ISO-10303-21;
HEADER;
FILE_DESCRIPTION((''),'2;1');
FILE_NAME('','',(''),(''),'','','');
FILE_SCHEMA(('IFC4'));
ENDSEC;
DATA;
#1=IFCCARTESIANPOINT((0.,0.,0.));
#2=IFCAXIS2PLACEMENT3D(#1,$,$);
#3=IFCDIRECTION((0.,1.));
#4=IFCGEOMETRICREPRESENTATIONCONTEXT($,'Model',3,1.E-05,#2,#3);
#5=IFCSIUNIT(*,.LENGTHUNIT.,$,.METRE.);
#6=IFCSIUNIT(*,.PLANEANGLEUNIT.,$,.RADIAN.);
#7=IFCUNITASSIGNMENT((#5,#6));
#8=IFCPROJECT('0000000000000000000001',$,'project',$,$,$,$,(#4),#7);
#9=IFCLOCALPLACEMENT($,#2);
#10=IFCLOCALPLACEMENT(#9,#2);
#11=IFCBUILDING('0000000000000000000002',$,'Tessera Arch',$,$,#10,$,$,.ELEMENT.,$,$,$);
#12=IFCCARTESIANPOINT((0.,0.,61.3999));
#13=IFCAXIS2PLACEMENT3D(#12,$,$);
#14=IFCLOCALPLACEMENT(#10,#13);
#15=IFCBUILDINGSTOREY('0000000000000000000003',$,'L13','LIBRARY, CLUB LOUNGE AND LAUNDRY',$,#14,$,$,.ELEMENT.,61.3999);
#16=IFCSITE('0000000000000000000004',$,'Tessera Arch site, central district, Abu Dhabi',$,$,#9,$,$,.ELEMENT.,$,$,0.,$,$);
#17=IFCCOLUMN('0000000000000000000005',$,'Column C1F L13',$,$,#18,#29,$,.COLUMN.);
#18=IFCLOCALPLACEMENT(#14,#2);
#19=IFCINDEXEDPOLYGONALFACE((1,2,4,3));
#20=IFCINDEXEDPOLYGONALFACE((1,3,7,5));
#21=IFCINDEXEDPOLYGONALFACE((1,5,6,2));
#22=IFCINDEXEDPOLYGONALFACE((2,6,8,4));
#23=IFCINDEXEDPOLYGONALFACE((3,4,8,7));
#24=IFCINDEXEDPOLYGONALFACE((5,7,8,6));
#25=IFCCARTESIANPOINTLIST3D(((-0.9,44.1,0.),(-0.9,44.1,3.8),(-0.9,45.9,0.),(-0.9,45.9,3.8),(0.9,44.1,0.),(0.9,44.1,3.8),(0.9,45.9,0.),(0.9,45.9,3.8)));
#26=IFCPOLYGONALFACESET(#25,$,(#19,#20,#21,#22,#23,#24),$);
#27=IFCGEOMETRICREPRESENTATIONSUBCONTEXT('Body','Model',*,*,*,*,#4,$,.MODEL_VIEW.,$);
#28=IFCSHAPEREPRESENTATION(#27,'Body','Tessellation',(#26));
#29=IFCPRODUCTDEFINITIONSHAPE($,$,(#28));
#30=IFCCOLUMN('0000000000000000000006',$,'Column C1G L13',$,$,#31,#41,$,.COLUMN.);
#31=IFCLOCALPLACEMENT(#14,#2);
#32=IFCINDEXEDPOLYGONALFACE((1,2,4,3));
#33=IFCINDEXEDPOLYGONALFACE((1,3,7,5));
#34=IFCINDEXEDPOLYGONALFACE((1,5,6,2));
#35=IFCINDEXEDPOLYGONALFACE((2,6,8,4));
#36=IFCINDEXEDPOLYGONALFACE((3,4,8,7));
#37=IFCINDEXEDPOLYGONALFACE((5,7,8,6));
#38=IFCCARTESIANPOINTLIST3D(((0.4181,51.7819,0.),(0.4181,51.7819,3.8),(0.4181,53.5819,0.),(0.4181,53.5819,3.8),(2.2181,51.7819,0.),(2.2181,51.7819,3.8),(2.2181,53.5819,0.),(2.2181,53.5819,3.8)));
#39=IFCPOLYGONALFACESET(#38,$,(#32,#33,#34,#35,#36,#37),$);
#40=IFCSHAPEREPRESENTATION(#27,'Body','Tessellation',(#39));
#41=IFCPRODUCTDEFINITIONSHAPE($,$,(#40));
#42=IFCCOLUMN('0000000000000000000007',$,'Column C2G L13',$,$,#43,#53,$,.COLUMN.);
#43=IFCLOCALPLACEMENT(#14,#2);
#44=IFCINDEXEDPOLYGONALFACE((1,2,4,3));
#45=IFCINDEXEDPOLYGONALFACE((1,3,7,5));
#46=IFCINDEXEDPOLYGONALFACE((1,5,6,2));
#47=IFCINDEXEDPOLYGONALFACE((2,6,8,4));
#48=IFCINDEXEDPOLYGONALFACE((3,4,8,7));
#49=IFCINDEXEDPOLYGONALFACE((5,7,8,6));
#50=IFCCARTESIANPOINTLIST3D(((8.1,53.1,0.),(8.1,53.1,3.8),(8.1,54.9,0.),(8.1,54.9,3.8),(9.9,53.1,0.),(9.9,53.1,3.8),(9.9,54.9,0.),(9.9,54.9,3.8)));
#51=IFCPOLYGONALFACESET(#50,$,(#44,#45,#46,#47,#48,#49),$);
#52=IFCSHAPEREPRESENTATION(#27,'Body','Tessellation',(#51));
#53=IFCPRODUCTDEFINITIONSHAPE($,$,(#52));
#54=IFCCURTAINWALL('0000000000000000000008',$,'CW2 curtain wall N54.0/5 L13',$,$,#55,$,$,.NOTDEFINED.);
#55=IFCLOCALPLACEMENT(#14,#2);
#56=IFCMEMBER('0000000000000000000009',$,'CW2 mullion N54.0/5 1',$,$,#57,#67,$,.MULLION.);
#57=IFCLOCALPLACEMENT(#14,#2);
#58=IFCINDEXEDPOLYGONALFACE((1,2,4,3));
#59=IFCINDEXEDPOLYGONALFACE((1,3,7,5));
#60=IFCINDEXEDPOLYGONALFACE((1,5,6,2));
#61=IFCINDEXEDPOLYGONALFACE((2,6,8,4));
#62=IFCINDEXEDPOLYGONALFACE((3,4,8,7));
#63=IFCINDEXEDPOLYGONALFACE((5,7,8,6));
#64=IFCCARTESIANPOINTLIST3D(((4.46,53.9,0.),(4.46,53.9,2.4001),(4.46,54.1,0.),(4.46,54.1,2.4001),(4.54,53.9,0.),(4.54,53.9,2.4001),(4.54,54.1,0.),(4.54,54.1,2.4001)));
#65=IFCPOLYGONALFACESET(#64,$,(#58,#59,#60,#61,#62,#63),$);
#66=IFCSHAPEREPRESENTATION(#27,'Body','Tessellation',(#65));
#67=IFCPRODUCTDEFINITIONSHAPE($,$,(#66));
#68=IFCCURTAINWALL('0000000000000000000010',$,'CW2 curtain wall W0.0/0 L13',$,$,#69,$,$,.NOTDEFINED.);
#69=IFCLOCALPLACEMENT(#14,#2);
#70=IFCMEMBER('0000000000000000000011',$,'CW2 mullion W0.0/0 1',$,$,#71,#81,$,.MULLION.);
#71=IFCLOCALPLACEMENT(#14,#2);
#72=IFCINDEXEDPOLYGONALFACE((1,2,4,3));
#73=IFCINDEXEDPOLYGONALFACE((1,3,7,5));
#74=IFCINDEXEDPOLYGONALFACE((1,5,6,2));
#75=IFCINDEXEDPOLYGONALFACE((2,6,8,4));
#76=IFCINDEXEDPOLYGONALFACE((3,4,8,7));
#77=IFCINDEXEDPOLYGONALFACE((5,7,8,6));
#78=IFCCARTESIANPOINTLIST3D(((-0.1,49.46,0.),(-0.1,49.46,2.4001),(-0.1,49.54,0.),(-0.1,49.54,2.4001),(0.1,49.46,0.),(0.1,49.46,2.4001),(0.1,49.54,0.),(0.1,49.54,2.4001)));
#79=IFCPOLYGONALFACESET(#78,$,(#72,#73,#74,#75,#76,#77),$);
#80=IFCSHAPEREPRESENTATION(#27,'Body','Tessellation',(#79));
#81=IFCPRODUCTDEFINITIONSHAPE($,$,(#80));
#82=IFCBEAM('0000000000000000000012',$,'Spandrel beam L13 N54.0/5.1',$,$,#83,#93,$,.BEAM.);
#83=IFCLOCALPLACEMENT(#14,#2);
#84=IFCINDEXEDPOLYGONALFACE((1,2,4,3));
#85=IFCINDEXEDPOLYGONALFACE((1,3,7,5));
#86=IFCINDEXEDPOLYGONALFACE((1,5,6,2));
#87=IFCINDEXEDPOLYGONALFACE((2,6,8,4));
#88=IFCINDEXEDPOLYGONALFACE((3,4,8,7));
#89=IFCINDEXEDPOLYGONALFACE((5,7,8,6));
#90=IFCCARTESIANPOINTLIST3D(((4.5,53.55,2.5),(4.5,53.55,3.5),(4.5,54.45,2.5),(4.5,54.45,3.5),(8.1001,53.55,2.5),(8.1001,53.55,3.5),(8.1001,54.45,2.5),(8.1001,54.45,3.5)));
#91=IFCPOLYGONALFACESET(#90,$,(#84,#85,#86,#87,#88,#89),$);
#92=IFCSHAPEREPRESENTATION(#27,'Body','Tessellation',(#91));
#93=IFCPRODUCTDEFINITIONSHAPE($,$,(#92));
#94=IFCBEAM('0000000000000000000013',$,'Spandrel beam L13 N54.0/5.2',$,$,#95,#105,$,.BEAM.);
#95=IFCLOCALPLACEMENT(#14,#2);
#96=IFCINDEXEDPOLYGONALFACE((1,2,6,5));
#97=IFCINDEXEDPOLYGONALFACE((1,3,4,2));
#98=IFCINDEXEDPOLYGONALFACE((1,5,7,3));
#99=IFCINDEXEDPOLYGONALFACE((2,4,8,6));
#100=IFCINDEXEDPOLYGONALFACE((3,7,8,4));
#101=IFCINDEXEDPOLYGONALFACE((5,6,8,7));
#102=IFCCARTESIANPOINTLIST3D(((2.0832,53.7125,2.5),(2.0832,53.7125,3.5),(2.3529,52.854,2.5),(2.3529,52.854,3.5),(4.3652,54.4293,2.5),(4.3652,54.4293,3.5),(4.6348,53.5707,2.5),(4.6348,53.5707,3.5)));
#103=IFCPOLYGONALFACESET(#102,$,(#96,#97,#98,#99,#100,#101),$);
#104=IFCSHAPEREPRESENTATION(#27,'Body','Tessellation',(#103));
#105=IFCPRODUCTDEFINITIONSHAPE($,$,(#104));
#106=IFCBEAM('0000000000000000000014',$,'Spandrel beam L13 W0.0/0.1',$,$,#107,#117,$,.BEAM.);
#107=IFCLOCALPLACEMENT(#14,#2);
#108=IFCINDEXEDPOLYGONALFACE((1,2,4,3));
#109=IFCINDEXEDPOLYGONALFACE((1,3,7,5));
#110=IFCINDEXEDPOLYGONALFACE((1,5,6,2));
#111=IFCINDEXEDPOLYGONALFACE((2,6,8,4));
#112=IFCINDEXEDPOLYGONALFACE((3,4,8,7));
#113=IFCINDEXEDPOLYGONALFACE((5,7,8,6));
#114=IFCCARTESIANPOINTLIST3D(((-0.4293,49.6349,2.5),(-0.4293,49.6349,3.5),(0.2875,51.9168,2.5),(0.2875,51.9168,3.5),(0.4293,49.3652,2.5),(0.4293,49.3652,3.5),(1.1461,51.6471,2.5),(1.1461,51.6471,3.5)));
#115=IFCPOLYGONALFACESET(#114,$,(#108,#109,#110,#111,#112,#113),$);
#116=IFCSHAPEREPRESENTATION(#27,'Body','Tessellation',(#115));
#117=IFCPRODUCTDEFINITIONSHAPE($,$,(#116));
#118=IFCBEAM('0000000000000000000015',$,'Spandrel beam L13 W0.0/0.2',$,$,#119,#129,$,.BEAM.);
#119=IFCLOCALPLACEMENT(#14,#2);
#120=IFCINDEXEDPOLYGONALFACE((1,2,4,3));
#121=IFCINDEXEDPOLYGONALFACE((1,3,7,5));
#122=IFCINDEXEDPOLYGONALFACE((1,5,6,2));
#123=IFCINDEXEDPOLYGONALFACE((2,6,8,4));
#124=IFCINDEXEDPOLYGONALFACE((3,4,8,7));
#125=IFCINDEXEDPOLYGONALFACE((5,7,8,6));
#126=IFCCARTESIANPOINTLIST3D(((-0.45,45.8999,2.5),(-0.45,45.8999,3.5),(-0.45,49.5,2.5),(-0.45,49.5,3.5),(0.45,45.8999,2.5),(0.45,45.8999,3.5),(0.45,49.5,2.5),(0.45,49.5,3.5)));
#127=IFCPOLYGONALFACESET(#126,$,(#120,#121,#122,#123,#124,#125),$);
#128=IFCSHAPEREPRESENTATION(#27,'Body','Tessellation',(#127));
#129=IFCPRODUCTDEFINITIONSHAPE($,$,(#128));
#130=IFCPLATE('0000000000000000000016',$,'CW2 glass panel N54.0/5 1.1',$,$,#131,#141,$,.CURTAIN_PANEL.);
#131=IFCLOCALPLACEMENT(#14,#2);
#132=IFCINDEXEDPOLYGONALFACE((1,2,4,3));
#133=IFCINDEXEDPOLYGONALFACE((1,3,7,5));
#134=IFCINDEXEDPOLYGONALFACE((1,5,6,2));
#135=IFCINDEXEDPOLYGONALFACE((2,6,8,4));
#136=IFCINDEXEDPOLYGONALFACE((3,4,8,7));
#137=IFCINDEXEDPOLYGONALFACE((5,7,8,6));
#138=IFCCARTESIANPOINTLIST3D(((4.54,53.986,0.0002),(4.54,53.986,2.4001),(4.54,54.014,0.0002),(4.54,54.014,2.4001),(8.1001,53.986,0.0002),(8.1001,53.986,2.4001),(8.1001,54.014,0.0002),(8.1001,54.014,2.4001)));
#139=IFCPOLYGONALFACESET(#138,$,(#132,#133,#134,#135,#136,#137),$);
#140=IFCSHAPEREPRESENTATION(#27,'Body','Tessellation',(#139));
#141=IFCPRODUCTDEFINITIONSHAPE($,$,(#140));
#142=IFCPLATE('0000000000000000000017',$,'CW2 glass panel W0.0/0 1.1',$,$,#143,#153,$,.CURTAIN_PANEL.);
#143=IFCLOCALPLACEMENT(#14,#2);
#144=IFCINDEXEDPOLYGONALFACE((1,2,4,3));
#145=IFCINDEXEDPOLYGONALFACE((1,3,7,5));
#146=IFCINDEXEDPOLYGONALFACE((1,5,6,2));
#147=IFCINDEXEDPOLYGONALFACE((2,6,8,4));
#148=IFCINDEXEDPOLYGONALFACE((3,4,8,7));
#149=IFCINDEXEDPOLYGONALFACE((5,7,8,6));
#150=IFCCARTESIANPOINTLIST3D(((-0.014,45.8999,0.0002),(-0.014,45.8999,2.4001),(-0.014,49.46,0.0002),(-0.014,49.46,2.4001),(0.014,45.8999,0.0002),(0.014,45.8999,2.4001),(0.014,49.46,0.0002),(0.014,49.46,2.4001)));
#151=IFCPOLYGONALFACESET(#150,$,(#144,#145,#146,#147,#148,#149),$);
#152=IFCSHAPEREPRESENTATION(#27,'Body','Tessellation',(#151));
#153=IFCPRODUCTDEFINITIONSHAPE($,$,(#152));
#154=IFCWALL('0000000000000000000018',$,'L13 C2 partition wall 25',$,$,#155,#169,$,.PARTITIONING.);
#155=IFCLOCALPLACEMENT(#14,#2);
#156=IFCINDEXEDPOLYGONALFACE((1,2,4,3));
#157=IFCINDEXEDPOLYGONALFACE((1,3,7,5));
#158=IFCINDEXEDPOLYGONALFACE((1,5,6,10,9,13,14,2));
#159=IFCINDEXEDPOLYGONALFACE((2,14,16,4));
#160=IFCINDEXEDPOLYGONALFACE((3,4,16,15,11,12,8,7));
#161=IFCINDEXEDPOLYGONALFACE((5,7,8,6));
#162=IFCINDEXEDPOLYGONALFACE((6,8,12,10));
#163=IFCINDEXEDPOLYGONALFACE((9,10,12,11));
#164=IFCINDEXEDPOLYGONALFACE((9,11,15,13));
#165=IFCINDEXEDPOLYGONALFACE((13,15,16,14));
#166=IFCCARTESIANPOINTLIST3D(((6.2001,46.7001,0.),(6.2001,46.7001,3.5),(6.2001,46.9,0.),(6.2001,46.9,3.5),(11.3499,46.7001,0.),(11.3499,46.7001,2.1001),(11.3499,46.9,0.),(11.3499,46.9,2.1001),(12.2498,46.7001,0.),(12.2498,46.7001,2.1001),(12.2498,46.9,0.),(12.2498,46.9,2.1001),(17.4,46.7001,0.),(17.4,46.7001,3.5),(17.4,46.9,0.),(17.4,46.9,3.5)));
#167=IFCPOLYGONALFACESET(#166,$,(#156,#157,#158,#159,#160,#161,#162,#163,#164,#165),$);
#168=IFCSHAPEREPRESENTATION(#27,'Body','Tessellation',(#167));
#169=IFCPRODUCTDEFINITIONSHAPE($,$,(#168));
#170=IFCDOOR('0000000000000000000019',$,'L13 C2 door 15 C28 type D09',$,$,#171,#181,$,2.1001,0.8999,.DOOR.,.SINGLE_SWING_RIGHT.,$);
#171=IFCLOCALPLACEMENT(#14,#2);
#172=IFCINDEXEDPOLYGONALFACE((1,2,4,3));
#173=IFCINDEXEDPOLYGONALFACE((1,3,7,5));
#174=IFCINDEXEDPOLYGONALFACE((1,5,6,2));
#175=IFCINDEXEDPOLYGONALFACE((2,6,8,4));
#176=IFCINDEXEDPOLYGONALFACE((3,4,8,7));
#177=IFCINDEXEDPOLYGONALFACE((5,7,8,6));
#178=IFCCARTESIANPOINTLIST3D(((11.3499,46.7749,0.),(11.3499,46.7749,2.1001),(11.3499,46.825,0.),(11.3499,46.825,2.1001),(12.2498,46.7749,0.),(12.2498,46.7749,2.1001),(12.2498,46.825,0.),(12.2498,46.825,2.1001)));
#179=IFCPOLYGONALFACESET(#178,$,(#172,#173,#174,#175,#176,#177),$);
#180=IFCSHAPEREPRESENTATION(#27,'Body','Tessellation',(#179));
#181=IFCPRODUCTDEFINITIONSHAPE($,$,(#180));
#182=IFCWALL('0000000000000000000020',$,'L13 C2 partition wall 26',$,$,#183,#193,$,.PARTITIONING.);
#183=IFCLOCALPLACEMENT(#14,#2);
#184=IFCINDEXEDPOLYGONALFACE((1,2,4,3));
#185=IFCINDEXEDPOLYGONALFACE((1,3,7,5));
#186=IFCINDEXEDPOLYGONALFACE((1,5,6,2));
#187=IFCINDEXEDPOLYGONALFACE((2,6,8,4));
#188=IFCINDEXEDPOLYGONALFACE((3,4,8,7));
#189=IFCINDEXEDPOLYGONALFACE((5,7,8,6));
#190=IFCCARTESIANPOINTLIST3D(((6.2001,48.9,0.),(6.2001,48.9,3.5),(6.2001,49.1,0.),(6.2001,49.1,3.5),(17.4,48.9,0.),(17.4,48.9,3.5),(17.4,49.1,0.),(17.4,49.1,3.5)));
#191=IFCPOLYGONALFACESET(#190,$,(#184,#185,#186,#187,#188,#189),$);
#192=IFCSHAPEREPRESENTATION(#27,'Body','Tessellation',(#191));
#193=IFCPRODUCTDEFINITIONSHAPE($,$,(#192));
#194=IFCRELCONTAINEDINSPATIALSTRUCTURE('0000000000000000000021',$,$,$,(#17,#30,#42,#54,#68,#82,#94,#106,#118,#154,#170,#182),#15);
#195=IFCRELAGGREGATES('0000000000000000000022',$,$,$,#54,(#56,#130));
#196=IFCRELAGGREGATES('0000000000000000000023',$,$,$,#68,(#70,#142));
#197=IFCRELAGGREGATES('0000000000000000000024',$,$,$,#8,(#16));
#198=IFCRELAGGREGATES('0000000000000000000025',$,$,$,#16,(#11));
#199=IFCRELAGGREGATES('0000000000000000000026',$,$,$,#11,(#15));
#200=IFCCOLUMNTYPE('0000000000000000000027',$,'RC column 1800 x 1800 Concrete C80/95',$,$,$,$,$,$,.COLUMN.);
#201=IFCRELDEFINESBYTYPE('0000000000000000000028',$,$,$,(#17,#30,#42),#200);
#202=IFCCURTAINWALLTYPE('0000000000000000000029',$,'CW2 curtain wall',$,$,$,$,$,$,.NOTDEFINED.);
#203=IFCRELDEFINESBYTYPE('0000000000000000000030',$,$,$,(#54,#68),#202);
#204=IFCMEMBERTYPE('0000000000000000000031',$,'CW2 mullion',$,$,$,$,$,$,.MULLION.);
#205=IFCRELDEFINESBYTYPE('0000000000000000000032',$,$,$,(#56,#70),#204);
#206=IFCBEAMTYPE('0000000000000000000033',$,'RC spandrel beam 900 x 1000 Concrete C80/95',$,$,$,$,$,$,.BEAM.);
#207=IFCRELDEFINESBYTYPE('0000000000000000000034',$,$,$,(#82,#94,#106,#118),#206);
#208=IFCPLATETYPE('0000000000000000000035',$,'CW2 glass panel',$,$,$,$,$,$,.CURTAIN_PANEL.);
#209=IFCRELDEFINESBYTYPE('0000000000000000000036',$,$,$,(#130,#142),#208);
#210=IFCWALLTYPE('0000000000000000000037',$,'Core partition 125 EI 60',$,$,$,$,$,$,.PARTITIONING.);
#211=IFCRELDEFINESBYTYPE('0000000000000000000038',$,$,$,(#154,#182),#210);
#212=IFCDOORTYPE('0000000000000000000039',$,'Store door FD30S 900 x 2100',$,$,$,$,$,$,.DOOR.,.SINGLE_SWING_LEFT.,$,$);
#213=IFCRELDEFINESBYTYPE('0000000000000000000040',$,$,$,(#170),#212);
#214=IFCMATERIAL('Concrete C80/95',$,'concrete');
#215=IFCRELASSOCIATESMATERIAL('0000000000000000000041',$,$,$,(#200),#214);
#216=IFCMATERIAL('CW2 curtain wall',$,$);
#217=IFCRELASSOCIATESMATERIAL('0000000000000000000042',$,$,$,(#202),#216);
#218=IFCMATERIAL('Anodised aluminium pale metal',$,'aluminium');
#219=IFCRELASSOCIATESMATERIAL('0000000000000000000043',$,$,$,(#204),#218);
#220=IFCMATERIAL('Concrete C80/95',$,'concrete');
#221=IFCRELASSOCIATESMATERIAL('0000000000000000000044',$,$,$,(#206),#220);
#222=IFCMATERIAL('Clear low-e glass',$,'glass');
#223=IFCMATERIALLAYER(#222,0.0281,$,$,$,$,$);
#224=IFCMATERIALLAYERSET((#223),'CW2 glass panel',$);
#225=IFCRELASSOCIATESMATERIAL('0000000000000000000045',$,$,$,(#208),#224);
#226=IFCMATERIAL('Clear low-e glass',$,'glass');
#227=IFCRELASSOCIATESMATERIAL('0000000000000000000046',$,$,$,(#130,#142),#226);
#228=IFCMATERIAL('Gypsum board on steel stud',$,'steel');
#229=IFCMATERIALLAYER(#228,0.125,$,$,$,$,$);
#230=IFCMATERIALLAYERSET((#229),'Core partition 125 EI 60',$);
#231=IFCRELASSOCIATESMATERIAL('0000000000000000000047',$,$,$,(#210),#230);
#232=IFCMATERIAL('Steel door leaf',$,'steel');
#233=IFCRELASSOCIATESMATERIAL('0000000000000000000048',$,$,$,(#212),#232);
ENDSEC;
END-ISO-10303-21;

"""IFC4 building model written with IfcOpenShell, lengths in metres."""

from ifc_helpers import new_model, si_unit, direction, frame, frame_2d, origin, origin_2d, place, context, subcontext, project, spatial, rectangle, extrude, material, layer, layer_set, material_profile, profile_set, type_object, element, fill, aggregate, save


model = new_model("IFC4")

# Units and contexts
model_context = context("Model", 3, precision=1e-05, world=origin(), true_north=direction((0.0, 1.0)))
body_context = subcontext(model_context, "Body", "Model", "MODEL_VIEW")
ifc_project = project(units=[si_unit("LENGTHUNIT", "METRE"), si_unit("PLANEANGLEUNIT", "RADIAN")], contexts=[model_context])

# Site, building, storey
site_placement = place(None, origin())
site = spatial("IfcSite", under=ifc_project, at=site_placement, Name="Tessera Arch site, central district, Abu Dhabi", CompositionType="ELEMENT", RefElevation=0.0)
building_placement = place(site_placement, origin())
building = spatial("IfcBuilding", under=site, at=building_placement, Name="Tessera Arch", CompositionType="ELEMENT")
storey_placement = place(building_placement, frame((0.0, 0.0, 61.3999)))
storey = spatial("IfcBuildingStorey", under=building, at=storey_placement, Name="L13", Description="LIBRARY, CLUB LOUNGE AND LAUNDRY", CompositionType="ELEMENT", Elevation=61.3999)

# Columns
ifc_material_1 = material(Name="Concrete C80/95", Category="concrete")
ifc_material_profile_1 = material_profile(ifc_material_1, rectangle(XDim=1.8, YDim=1.8, at=origin_2d()), Name="RC column 1800 x 1800 Concrete C80/95")
ifc_profile_set_1 = profile_set([ifc_material_profile_1], Name="Concrete C80/95")
column_type = type_object("IfcColumnType", Name="RC column 1800 x 1800 Concrete C80/95", PredefinedType="COLUMN", material=ifc_profile_set_1)
for number, where, z_axis, x_axis, name in (
    (1, (0.0, 45.0, 0.0), (0.0, 0.0, 1.0), (1.0, 0.0, 0.0), "Column C1F L13"),
    (2, (1.3181, 52.6819, 0.0), (0.0, 0.0, 1.0), (1.0, 0.0, 0.0), "Column C1G L13"),
    (3, (9.0, 54.0, 0.0), (0.0, 0.0, 1.0), (1.0, 0.0, 0.0), "Column C2G L13"),
):
    element("IfcColumn", number, at=place(storey_placement, frame(where, z_axis=z_axis, x_axis=x_axis)), inside=storey, type_object=column_type, Name=name, PredefinedType="COLUMN", context=body_context, shape_type="SweptSolid", body=[
        extrude(rectangle(XDim=1.8, YDim=1.8, at=origin_2d()), origin(), (0.0, 0.0, 1.0), 3.8),
    ])

# Curtain walls, members
ifc_material_2 = material(Name="CW2 curtain wall")
curtain_wall_type = type_object("IfcCurtainWallType", Name="CW2 curtain wall", PredefinedType="NOTDEFINED", material=ifc_material_2)
curtain_wall_1_placement = place(storey_placement, origin())
curtain_wall_1 = element("IfcCurtainWall", 4, at=curtain_wall_1_placement, inside=storey, type_object=curtain_wall_type, Name="CW2 curtain wall N54.0/5 L13", PredefinedType="NOTDEFINED")
ifc_material_3 = material(Name="Anodised aluminium pale metal", Category="aluminium")
ifc_material_profile_2 = material_profile(ifc_material_3, rectangle(XDim=0.2, YDim=0.0801, at=origin_2d()), Name="AL 80x200")
ifc_profile_set_2 = profile_set([ifc_material_profile_2], Name="Anodised aluminium pale metal")
member_type = type_object("IfcMemberType", Name="CW2 mullion", PredefinedType="MULLION", material=ifc_profile_set_2)
member_1_placement = place(storey_placement, frame((4.5, 54.0, 0.0), z_axis=(0.0, 0.0, 1.0), x_axis=(0.0, -1.0, 0.0)))
member_1 = element("IfcMember", 5, at=member_1_placement, type_object=member_type, Name="CW2 mullion N54.0/5 1", PredefinedType="MULLION", context=body_context, shape_type="SweptSolid", body=[
    extrude(rectangle(XDim=0.2, YDim=0.0801, at=origin_2d()), origin(), (0.0, 0.0, 1.0), 2.4001),
])
curtain_wall_2_placement = place(storey_placement, origin())
curtain_wall_2 = element("IfcCurtainWall", 6, at=curtain_wall_2_placement, inside=storey, type_object=curtain_wall_type, Name="CW2 curtain wall W0.0/0 L13", PredefinedType="NOTDEFINED")
member_2_placement = place(storey_placement, frame((0.0, 49.5, 0.0), z_axis=(0.0, 0.0, 1.0), x_axis=(1.0, 0.0, 0.0)))
member_2 = element("IfcMember", 7, at=member_2_placement, type_object=member_type, Name="CW2 mullion W0.0/0 1", PredefinedType="MULLION", context=body_context, shape_type="SweptSolid", body=[
    extrude(rectangle(XDim=0.2, YDim=0.0801, at=origin_2d()), origin(), (0.0, 0.0, 1.0), 2.4001),
])

# Beams
ifc_material_4 = material(Name="Concrete C80/95", Category="concrete")
ifc_material_profile_3 = material_profile(ifc_material_4, rectangle(XDim=0.8999, YDim=1.0, at=origin_2d()), Name="RC spandrel beam 900 x 1000 Concrete C80/95")
ifc_profile_set_3 = profile_set([ifc_material_profile_3], Name="Concrete C80/95")
beam_type = type_object("IfcBeamType", Name="RC spandrel beam 900 x 1000 Concrete C80/95", PredefinedType="BEAM", material=ifc_profile_set_3)
beam_1_placement = place(storey_placement, frame((8.1001, 54.0, 3.0), z_axis=(-1.0, 0.0, 0.0), x_axis=(0.0, -1.0, 0.0)))
element("IfcBeam", 8, at=beam_1_placement, inside=storey, type_object=beam_type, Name="Spandrel beam L13 N54.0/5.1", PredefinedType="BEAM", context=body_context, shape_type="SweptSolid", body=[
    extrude(rectangle(XDim=0.8999, YDim=1.0, at=origin_2d()), origin(), (0.0, 0.0, 1.0), 3.6001),
])
for number, where, z_axis, x_axis, name in (
    (9, (4.5, 54.0, 3.0), (-0.954041, -0.299675, 0.0), (0.299675, -0.954041, 0.0), "Spandrel beam L13 N54.0/5.2"),
    (10, (0.7168, 51.782, 3.0), (-0.299675, -0.954041, 0.0), (0.954041, -0.299675, 0.0), "Spandrel beam L13 W0.0/0.1"),
):
    element("IfcBeam", number, at=place(storey_placement, frame(where, z_axis=z_axis, x_axis=x_axis)), inside=storey, type_object=beam_type, Name=name, PredefinedType="BEAM", context=body_context, shape_type="SweptSolid", body=[
        extrude(rectangle(XDim=0.8999, YDim=1.0, at=origin_2d()), origin(), (0.0, 0.0, 1.0), 2.3918),
    ])
beam_2_placement = place(storey_placement, frame((0.0, 49.5, 3.0), z_axis=(0.0, -1.0, 0.0), x_axis=(1.0, 0.0, 0.0)))
element("IfcBeam", 11, at=beam_2_placement, inside=storey, type_object=beam_type, Name="Spandrel beam L13 W0.0/0.2", PredefinedType="BEAM", context=body_context, shape_type="SweptSolid", body=[
    extrude(rectangle(XDim=0.8999, YDim=1.0, at=origin_2d()), origin(), (0.0, 0.0, 1.0), 3.6001),
])

# Plates
ifc_material_5 = material(Name="Clear low-e glass", Category="glass")
ifc_material_6 = material(Name="Clear low-e glass", Category="glass")
ifc_layer_1 = layer(ifc_material_6, 0.0281)
ifc_layer_set_1 = layer_set([ifc_layer_1], Name="CW2 glass panel")
plate_type = type_object("IfcPlateType", Name="CW2 glass panel", PredefinedType="CURTAIN_PANEL", material=ifc_layer_set_1)
plate_1_placement = place(storey_placement, frame((6.3201, 54.0, 0.0002), z_axis=(0.0, 0.0, 1.0), x_axis=(-1.0, 0.0, 0.0)))
plate_1 = element("IfcPlate", 12, at=plate_1_placement, type_object=plate_type, material=ifc_material_5, Name="CW2 glass panel N54.0/5 1.1", PredefinedType="CURTAIN_PANEL", context=body_context, shape_type="SweptSolid", body=[
    extrude(rectangle(XDim=3.5601, YDim=0.0281, at=origin_2d()), origin(), (0.0, 0.0, 1.0), 2.3999),
])
aggregate(curtain_wall_1, [member_1, plate_1])
plate_2_placement = place(storey_placement, frame((0.0, 47.6799, 0.0002), z_axis=(0.0, 0.0, 1.0), x_axis=(0.0, -1.0, 0.0)))
plate_2 = element("IfcPlate", 13, at=plate_2_placement, type_object=plate_type, material=ifc_material_5, Name="CW2 glass panel W0.0/0 1.1", PredefinedType="CURTAIN_PANEL", context=body_context, shape_type="SweptSolid", body=[
    extrude(rectangle(XDim=3.5601, YDim=0.0281, at=origin_2d()), origin(), (0.0, 0.0, 1.0), 2.3999),
])
aggregate(curtain_wall_2, [member_2, plate_2])

# Wall, opening, door
ifc_material_7 = material(Name="Gypsum board on steel stud", Category="steel")
ifc_layer_2 = layer(ifc_material_7, 0.125)
ifc_layer_set_2 = layer_set([ifc_layer_2], Name="Core partition 125 EI 60")
wall_type_1 = type_object("IfcWallType", Name="Core partition 125 EI 60", PredefinedType="PARTITIONING", material=ifc_layer_set_2)
wall_1_placement = place(storey_placement, frame((6.2, 46.8, 0.0), z_axis=(0.0, 0.0, 1.0), x_axis=(1.0, 0.0, 0.0)))
wall_1 = element("IfcWall", 14, at=wall_1_placement, inside=storey, type_object=wall_type_1, Name="L13 C2 partition wall 25", PredefinedType="PARTITIONING", context=body_context, shape_type="SweptSolid", body=[
    extrude(rectangle(XDim=11.2, YDim=0.2, at=frame_2d((5.6001, 0.0))), origin(), (0.0, 0.0, 1.0), 3.5),
])
opening_1_placement = place(wall_1_placement, frame((5.1499, 0.0, 0.0)))
opening_1 = element("IfcOpeningElement", 15, at=opening_1_placement, cuts=wall_1, PredefinedType="OPENING", context=body_context, shape_type="SweptSolid", body=[
    extrude(rectangle(XDim=0.8999, YDim=2.1001, at=frame_2d((0.45, 1.05))), frame((0.0, 0.1099, 0.0), z_axis=(0.0, -1.0, 0.0), x_axis=(1.0, 0.0, 0.0)), (0.0, 0.0, 1.0), 0.22),
])
ifc_material_8 = material(Name="Steel door leaf", Category="steel")
door_type_1 = type_object("IfcDoorType", Name="Store door FD30S 900 x 2100", OperationType="SINGLE_SWING_LEFT", PredefinedType="DOOR", material=ifc_material_8)
door_1_placement = place(opening_1_placement, origin())
door_1 = element("IfcDoor", 16, at=door_1_placement, inside=storey, type_object=door_type_1, Name="L13 C2 door 15 C28 type D09", OperationType="SINGLE_SWING_RIGHT", OverallHeight=2.1001, OverallWidth=0.8999, PredefinedType="DOOR", context=body_context, shape_type="SweptSolid", body=[
    extrude(rectangle(XDim=0.8999, YDim=2.1001, at=frame_2d((0.45, 1.05))), frame((0.0, 0.0249, 0.0), z_axis=(0.0, -1.0, 0.0), x_axis=(1.0, 0.0, 0.0)), (0.0, 0.0, 1.0), 0.05),
])
fill(opening_1, door_1)

# Wall
wall_2_placement = place(storey_placement, frame((6.2, 49.0, 0.0), z_axis=(0.0, 0.0, 1.0), x_axis=(1.0, 0.0, 0.0)))
element("IfcWall", 17, at=wall_2_placement, inside=storey, type_object=wall_type_1, Name="L13 C2 partition wall 26", PredefinedType="PARTITIONING", context=body_context, shape_type="SweptSolid", body=[
    extrude(rectangle(XDim=11.2, YDim=0.2, at=frame_2d((5.6001, 0.0))), origin(), (0.0, 0.0, 1.0), 3.5),
])

save(model, "model.ifc")
